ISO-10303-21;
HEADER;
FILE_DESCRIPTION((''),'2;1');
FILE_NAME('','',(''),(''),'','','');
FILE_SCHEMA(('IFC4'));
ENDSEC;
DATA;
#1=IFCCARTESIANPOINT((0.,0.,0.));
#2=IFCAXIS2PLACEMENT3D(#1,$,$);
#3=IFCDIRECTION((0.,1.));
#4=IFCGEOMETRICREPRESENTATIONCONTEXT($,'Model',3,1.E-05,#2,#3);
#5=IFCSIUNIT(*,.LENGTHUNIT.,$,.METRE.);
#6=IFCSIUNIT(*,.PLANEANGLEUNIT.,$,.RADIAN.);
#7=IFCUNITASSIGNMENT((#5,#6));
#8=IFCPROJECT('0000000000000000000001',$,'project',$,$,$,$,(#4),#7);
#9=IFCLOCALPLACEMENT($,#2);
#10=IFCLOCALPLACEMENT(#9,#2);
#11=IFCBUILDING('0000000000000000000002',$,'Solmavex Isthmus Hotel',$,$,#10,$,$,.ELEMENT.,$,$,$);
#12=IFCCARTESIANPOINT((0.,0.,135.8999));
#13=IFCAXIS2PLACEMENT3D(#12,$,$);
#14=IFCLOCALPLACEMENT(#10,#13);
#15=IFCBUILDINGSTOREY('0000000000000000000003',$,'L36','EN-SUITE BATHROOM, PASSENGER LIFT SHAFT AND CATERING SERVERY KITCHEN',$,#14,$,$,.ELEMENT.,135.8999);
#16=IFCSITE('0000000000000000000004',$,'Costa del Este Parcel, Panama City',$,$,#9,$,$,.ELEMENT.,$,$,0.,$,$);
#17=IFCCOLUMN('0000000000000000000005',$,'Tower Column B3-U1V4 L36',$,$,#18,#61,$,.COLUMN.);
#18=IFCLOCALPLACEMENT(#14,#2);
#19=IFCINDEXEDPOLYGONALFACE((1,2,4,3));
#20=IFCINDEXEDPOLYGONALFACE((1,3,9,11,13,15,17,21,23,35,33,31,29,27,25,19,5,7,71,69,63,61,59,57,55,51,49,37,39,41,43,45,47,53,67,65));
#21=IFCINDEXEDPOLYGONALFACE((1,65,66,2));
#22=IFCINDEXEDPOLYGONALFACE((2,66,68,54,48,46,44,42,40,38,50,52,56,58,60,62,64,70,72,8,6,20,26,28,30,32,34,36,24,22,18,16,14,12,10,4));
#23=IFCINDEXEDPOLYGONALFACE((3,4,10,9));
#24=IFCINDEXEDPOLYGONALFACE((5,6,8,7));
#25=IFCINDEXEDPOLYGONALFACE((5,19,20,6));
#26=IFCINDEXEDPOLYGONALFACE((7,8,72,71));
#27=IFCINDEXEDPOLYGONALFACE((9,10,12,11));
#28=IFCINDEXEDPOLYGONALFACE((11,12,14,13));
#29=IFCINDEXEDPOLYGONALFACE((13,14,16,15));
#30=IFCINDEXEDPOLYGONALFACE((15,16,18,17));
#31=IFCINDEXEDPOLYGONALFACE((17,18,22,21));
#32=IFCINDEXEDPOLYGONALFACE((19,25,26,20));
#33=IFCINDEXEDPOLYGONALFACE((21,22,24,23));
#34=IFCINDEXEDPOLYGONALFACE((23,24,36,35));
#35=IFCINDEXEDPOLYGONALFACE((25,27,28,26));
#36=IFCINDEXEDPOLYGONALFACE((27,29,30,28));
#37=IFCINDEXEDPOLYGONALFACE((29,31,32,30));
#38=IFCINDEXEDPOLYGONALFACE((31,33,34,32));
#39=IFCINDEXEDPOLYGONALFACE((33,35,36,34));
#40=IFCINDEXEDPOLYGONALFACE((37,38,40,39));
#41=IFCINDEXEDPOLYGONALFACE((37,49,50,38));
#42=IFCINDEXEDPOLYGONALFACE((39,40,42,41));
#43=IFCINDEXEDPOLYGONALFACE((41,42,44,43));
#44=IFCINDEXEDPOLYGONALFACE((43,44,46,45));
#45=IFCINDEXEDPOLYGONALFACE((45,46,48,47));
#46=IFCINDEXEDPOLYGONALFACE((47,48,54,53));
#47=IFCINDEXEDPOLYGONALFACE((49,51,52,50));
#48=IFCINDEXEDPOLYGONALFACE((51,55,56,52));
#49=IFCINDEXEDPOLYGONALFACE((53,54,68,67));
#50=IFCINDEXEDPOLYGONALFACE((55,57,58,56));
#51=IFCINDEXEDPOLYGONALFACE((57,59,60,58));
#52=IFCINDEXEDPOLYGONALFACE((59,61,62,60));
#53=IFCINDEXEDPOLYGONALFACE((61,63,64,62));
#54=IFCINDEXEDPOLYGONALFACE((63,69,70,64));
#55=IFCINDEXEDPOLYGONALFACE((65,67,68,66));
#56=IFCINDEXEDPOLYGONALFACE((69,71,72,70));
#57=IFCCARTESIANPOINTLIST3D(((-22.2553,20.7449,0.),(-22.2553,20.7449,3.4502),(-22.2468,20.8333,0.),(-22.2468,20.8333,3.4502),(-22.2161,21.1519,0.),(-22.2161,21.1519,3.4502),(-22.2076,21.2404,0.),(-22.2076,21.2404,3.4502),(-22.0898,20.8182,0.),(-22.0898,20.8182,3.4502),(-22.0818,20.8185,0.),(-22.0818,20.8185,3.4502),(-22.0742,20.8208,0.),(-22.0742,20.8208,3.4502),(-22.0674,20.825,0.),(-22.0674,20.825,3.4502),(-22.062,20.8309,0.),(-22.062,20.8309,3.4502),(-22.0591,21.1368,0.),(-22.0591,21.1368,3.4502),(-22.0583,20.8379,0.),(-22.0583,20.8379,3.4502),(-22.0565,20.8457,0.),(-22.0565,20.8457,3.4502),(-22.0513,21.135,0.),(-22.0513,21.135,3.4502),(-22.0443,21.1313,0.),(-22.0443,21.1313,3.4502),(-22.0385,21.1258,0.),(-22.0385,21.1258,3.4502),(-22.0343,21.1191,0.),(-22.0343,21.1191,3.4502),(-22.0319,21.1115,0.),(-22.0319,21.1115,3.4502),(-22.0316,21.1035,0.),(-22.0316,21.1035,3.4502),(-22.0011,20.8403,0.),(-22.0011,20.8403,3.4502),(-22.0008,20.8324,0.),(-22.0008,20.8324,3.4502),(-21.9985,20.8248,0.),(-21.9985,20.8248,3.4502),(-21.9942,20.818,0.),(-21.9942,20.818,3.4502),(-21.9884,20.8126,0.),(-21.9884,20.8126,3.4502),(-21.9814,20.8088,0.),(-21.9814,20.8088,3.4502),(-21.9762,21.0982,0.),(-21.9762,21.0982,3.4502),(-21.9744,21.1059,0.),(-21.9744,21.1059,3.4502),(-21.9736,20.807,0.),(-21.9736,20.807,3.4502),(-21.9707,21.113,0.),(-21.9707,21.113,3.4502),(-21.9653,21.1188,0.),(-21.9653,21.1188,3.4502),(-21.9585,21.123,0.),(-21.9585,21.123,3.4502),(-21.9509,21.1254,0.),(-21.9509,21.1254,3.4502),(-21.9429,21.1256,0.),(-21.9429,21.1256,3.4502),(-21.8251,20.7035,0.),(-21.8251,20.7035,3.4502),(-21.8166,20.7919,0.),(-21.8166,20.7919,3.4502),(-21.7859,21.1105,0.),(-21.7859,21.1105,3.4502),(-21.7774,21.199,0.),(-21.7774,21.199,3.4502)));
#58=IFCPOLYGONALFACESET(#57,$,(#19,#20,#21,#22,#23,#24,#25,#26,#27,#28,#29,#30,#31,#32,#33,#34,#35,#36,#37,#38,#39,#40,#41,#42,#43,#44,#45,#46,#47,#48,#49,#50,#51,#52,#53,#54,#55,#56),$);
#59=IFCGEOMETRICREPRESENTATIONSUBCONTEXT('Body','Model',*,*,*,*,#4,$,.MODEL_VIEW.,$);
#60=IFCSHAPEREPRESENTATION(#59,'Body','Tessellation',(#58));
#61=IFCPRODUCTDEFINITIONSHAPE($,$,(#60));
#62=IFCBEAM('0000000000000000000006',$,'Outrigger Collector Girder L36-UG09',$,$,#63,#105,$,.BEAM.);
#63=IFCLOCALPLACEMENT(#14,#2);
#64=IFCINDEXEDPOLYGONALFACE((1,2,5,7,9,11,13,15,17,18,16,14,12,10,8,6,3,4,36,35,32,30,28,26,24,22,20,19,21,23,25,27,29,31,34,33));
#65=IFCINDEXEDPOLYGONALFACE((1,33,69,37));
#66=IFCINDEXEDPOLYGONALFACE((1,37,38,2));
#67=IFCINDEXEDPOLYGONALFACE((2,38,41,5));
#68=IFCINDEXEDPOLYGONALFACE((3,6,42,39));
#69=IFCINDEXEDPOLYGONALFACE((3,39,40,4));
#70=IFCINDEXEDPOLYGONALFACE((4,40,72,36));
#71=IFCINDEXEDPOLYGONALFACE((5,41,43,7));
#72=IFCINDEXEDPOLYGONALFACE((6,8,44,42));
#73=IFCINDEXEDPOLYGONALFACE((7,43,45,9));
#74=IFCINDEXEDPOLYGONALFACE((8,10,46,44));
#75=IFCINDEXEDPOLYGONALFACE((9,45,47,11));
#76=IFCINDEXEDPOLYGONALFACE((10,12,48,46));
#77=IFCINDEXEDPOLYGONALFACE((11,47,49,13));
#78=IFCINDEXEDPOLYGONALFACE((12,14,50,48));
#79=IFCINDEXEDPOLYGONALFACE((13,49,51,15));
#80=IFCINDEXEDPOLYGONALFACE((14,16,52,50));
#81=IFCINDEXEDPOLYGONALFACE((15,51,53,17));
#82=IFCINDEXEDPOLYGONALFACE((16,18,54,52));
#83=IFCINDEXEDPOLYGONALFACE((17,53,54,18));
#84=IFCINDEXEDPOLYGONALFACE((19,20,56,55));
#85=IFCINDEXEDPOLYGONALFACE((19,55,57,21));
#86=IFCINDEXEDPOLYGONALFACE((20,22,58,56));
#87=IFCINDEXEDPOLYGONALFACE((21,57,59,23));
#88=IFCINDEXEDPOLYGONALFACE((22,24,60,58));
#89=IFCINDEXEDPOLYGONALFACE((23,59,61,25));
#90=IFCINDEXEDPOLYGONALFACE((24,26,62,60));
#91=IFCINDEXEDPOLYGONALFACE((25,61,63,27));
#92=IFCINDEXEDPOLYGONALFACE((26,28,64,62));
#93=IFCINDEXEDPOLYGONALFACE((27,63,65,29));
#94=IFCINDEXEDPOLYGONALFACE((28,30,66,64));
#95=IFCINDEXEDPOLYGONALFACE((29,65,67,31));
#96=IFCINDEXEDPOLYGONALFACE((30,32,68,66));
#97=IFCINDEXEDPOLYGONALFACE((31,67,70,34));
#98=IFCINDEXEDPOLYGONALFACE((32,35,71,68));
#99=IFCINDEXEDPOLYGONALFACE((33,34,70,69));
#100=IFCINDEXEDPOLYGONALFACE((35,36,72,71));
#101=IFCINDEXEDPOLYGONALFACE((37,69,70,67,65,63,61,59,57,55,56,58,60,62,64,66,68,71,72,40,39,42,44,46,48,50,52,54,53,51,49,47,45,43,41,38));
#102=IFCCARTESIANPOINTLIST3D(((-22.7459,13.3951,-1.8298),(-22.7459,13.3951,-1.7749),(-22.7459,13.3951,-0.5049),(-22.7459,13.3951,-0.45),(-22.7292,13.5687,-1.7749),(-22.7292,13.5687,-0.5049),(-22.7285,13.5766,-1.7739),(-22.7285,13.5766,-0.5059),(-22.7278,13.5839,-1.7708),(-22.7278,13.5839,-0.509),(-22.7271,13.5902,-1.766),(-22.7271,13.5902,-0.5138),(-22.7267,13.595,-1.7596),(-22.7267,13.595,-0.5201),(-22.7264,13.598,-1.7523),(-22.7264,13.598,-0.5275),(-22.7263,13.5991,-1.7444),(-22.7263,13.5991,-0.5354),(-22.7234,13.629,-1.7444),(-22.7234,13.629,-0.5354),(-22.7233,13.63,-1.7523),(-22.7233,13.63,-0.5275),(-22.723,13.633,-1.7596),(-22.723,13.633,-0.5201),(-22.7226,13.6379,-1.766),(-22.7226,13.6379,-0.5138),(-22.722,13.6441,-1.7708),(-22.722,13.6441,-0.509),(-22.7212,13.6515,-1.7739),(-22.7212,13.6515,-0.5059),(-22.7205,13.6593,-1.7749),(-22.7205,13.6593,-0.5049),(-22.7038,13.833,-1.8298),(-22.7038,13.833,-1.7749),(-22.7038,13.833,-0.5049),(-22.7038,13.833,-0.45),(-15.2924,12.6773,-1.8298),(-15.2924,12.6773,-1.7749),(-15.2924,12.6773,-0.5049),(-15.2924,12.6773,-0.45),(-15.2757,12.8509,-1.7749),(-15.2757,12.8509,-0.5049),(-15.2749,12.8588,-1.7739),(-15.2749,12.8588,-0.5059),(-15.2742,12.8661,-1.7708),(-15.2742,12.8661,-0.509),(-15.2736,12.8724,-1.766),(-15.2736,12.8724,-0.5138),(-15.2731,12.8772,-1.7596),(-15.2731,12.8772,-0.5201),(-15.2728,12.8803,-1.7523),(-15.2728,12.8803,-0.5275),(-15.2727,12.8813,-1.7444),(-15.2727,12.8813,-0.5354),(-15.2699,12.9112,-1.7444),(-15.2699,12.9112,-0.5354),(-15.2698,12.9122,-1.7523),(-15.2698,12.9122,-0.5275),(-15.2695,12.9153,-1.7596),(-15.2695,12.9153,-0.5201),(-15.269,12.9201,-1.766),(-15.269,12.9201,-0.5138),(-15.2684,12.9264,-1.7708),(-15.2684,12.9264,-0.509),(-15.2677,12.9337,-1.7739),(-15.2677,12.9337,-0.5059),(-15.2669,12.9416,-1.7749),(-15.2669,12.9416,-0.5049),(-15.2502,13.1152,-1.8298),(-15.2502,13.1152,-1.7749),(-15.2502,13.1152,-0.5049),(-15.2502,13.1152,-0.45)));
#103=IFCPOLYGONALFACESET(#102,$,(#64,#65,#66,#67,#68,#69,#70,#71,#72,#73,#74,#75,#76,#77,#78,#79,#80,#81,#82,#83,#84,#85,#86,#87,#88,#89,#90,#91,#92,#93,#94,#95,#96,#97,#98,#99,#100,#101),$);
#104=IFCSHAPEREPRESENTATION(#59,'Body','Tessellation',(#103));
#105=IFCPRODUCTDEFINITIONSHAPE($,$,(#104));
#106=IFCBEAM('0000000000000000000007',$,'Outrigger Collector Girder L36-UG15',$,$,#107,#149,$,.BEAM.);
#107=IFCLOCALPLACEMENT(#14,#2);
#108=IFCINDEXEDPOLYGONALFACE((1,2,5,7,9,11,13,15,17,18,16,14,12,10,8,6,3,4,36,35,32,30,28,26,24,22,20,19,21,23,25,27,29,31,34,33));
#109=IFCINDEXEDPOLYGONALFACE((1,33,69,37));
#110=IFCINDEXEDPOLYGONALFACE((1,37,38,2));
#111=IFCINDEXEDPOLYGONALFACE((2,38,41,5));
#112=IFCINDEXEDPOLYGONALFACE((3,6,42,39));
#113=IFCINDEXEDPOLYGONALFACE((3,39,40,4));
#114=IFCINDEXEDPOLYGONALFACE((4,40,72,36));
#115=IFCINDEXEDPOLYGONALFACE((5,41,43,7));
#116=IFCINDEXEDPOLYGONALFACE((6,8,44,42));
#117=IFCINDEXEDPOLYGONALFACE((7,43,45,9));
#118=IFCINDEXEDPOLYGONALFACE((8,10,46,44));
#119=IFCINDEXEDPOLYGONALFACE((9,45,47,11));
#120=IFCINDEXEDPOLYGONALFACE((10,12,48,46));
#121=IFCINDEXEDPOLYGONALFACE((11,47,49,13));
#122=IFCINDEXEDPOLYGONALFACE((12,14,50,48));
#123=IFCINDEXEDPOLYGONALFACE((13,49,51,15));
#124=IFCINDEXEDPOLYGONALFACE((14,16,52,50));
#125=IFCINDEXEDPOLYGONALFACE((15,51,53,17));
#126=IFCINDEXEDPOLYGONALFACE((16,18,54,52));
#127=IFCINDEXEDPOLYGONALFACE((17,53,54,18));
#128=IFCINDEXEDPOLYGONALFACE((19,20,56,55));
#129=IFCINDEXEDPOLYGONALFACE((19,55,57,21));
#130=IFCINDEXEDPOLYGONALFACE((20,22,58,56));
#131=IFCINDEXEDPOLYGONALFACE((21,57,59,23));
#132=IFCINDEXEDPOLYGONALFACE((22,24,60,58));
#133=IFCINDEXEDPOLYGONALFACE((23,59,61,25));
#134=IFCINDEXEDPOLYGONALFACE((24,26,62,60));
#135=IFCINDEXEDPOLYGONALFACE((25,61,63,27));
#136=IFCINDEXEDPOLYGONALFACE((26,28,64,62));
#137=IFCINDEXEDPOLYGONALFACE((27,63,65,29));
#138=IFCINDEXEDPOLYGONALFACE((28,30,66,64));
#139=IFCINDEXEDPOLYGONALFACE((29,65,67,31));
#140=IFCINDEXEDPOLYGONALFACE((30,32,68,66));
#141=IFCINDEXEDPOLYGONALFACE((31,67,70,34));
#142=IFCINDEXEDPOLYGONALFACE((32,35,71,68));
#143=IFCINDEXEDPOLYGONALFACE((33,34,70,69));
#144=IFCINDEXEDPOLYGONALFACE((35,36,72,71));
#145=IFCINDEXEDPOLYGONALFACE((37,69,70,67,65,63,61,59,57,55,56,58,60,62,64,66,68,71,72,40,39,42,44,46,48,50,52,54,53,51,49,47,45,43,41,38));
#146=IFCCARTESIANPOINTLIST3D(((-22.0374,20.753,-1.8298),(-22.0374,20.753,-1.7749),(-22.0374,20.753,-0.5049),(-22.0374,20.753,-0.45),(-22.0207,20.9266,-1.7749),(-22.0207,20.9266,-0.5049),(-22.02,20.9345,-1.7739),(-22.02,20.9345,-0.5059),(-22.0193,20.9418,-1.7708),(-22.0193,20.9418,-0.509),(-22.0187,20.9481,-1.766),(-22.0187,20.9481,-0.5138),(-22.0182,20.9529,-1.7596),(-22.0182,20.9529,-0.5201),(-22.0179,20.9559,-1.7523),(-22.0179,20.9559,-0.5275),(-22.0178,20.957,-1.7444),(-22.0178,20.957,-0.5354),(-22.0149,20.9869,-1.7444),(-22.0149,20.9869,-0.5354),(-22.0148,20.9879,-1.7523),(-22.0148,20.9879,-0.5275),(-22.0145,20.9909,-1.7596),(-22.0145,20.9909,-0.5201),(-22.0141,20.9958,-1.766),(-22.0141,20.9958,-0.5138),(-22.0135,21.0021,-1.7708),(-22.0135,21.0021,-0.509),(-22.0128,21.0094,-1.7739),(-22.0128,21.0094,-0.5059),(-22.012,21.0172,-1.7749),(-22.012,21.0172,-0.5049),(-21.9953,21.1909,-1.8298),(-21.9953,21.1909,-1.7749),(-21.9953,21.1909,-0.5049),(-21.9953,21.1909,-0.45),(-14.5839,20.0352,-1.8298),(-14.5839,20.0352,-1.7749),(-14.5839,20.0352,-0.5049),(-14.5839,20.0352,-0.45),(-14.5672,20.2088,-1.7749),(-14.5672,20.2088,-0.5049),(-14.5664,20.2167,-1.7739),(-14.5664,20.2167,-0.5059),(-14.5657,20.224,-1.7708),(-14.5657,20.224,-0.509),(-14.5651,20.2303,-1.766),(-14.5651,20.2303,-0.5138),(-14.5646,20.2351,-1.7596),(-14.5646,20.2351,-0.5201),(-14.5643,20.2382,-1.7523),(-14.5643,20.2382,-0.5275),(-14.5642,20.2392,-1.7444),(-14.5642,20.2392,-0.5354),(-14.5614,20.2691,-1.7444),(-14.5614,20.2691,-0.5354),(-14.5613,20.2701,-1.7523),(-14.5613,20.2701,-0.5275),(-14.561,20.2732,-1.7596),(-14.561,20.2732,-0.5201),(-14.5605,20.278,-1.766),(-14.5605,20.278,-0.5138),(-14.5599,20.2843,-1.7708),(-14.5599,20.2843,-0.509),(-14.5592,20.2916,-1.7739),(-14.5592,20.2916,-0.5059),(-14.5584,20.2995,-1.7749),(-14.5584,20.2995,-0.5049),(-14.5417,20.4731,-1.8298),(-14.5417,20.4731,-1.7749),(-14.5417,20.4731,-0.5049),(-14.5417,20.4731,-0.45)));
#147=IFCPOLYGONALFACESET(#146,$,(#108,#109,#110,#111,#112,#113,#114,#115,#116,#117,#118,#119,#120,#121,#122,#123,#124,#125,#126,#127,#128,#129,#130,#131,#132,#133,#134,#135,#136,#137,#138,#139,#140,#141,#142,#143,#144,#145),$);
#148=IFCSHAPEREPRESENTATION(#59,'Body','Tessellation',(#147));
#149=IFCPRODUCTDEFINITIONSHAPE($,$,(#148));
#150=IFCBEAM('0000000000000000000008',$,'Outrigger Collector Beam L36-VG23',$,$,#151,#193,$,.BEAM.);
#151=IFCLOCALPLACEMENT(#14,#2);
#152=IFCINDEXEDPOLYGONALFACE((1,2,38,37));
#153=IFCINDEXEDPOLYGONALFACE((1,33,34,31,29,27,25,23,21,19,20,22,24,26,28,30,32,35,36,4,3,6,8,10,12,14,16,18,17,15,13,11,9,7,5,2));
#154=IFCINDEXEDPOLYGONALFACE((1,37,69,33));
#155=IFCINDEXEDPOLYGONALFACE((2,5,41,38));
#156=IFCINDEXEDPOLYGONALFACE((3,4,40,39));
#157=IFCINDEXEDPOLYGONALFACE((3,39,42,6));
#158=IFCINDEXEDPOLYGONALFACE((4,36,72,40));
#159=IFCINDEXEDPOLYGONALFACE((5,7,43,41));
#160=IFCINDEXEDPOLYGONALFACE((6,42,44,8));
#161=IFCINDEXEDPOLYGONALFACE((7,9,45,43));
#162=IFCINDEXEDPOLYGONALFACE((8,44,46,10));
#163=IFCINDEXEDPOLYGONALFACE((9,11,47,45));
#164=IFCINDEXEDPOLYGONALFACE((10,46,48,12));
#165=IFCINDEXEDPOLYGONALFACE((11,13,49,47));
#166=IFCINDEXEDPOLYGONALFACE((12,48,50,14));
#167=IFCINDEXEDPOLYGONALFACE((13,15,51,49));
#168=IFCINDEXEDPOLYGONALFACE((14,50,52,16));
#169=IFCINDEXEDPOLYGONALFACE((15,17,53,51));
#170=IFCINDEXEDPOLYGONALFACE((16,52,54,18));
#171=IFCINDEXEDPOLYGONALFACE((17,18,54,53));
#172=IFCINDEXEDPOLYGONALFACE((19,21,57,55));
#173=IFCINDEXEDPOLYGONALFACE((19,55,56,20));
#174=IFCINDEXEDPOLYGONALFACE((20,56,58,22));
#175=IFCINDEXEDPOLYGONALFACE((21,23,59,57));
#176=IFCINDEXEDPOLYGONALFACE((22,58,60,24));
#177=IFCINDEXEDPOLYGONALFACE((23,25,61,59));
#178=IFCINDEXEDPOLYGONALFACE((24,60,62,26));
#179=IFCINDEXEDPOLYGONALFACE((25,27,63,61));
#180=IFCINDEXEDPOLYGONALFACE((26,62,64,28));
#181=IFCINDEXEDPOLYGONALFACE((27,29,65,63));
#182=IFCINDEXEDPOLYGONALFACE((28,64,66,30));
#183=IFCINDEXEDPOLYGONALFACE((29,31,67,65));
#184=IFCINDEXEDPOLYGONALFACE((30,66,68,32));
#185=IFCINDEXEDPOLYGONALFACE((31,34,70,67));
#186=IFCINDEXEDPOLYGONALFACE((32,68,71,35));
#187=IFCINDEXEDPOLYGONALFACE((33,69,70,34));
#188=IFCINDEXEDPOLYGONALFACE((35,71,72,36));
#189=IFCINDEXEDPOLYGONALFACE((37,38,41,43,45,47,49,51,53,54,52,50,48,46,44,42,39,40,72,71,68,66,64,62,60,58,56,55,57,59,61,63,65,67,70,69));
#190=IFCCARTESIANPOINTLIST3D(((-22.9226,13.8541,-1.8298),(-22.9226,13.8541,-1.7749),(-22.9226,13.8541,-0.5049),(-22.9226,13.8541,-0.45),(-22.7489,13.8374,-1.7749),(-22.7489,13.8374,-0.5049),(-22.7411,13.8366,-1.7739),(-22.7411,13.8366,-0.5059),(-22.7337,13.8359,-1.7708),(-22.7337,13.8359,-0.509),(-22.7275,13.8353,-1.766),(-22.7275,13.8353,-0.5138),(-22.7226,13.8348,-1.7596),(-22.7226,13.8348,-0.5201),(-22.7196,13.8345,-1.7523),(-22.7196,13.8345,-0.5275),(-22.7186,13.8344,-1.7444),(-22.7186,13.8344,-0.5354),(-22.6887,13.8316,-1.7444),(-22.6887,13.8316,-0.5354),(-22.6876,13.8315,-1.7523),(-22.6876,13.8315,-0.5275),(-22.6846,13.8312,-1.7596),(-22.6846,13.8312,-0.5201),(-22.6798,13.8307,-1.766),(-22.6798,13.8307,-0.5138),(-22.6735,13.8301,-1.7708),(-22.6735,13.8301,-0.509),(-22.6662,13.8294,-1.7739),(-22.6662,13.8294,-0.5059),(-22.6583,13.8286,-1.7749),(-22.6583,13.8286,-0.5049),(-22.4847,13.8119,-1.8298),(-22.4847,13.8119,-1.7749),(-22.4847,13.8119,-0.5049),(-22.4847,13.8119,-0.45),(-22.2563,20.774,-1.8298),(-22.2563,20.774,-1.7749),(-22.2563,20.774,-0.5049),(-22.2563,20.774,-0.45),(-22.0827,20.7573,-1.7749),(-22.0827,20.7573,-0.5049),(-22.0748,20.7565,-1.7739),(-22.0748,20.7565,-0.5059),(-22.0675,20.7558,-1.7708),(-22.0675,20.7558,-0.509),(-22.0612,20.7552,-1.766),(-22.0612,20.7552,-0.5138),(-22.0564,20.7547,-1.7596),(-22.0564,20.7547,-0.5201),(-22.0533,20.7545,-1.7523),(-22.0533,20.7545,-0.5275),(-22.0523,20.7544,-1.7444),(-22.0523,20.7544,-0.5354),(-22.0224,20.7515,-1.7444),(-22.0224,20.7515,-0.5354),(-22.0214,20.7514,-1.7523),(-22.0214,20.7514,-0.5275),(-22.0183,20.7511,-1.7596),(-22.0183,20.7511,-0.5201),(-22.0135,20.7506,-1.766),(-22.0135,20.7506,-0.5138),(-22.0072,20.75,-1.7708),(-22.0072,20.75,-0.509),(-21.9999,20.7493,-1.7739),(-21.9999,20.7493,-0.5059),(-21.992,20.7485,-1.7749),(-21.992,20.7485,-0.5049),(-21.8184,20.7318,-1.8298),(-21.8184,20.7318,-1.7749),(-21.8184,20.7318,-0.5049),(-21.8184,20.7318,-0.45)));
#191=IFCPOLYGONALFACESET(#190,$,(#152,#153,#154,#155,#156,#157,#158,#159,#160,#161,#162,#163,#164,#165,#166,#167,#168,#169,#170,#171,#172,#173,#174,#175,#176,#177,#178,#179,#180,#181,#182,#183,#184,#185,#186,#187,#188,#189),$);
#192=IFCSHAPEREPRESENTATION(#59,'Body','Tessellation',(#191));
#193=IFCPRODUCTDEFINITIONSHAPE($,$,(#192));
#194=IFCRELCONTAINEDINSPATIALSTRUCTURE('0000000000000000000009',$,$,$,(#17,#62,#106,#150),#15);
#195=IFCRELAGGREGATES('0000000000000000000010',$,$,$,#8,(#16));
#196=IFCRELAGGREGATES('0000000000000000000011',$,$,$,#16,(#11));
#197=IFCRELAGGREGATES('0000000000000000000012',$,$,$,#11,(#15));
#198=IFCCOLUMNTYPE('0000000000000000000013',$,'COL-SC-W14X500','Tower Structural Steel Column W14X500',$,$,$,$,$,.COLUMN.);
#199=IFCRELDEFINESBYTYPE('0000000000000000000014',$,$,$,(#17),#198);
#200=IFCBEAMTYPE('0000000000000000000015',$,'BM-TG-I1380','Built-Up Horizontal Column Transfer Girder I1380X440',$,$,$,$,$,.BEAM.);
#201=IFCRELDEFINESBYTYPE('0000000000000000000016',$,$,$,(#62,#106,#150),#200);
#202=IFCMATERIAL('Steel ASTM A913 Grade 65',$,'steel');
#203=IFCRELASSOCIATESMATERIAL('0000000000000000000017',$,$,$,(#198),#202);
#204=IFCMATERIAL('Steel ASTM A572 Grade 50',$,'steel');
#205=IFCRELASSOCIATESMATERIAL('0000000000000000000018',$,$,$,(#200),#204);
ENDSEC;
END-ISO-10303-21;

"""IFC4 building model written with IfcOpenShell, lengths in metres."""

from ifc_helpers import new_model, si_unit, direction, frame, origin, origin_2d, place, context, subcontext, project, spatial, i_section, extrude, material, material_profile, profile_set, type_object, element, save


model = new_model("IFC4")

# Units and contexts
model_context = context("Model", 3, precision=1e-05, world=origin(), true_north=direction((0.0, 1.0)))
body_context = subcontext(model_context, "Body", "Model", "MODEL_VIEW")
ifc_project = project(units=[si_unit("LENGTHUNIT", "METRE"), si_unit("PLANEANGLEUNIT", "RADIAN")], contexts=[model_context])

# Site, building, storey
site_placement = place(None, origin())
site = spatial("IfcSite", under=ifc_project, at=site_placement, Name="Costa del Este Parcel, Panama City", CompositionType="ELEMENT", RefElevation=0.0)
building_placement = place(site_placement, origin())
building = spatial("IfcBuilding", under=site, at=building_placement, Name="Solmavex Isthmus Hotel", CompositionType="ELEMENT")
storey_placement = place(building_placement, frame((0.0, 0.0, 135.8999)))
storey = spatial("IfcBuildingStorey", under=building, at=storey_placement, Name="L36", Description="EN-SUITE BATHROOM, PASSENGER LIFT SHAFT AND CATERING SERVERY KITCHEN", CompositionType="ELEMENT", Elevation=135.8999)

# Column
ifc_material_1 = material(Name="Steel ASTM A913 Grade 65", Category="steel")
ifc_material_profile_1 = material_profile(ifc_material_1, i_section(OverallWidth=0.4321, OverallDepth=0.4978, WebThickness=0.0557, FlangeThickness=0.0889, FilletRadius=0.0305, at=origin_2d()), Name="W14X500")
ifc_profile_set_1 = profile_set([ifc_material_profile_1], Name="Steel ASTM A913 Grade 65")
column_type = type_object("IfcColumnType", Name="COL-SC-W14X500", Description="Tower Structural Steel Column W14X500", PredefinedType="COLUMN", material=ifc_profile_set_1)
column_placement = place(storey_placement, frame((-22.0164, 20.9719, 0.0), z_axis=(0.0, 0.0, 1.0), x_axis=(0.995396, -0.095846, 0.0)))
element("IfcColumn", 1, at=column_placement, inside=storey, type_object=column_type, Name="Tower Column B3-U1V4 L36", PredefinedType="COLUMN", context=body_context, shape_type="SweptSolid", body=[
    extrude(i_section(OverallWidth=0.4321, OverallDepth=0.4978, WebThickness=0.0557, FlangeThickness=0.0889, FilletRadius=0.0305, at=origin_2d()), origin(), (0.0, 0.0, 1.0), 3.4502),
])

# Beams
ifc_material_2 = material(Name="Steel ASTM A572 Grade 50", Category="steel")
ifc_material_profile_2 = material_profile(ifc_material_2, i_section(OverallWidth=0.4399, OverallDepth=1.3799, WebThickness=0.03, FlangeThickness=0.0549, FilletRadius=0.0305, at=origin_2d()), Name="I1380X440")
ifc_profile_set_2 = profile_set([ifc_material_profile_2], Name="Steel ASTM A572 Grade 50")
beam_type = type_object("IfcBeamType", Name="BM-TG-I1380", Description="Built-Up Horizontal Column Transfer Girder I1380X440", PredefinedType="BEAM", material=ifc_profile_set_2)
for number, where, z_axis, x_axis, name in (
    (2, (-22.7249, 13.614, -1.1399), (0.995395, -0.095855, 0.0), (0.095855, 0.995395, 0.0), "Outrigger Collector Girder L36-UG09"),
    (3, (-22.0164, 20.9719, -1.1399), (0.995395, -0.095855, 0.0), (0.095855, 0.995395, 0.0), "Outrigger Collector Girder L36-UG15"),
):
    element("IfcBeam", number, at=place(storey_placement, frame(where, z_axis=z_axis, x_axis=x_axis)), inside=storey, type_object=beam_type, Name=name, PredefinedType="BEAM", context=body_context, shape_type="SweptSolid", body=[
        extrude(i_section(OverallWidth=0.4399, OverallDepth=1.3799, WebThickness=0.03, FlangeThickness=0.0549, FilletRadius=0.0305, at=origin_2d()), origin(), (0.0, 0.0, 1.0), 7.488),
    ])
beam_placement = place(storey_placement, frame((-22.7036, 13.833, -1.1399), z_axis=(0.095838, 0.995397, 0.0), x_axis=(-0.995397, 0.095838, 0.0)))
element("IfcBeam", 4, at=beam_placement, inside=storey, type_object=beam_type, Name="Outrigger Collector Beam L36-VG23", PredefinedType="BEAM", context=body_context, shape_type="SweptSolid", body=[
    extrude(i_section(OverallWidth=0.4399, OverallDepth=1.3799, WebThickness=0.03, FlangeThickness=0.0549, FilletRadius=0.0305, at=origin_2d()), origin(), (0.0, 0.0, 1.0), 6.9519),
])

save(model, "model.ifc")
